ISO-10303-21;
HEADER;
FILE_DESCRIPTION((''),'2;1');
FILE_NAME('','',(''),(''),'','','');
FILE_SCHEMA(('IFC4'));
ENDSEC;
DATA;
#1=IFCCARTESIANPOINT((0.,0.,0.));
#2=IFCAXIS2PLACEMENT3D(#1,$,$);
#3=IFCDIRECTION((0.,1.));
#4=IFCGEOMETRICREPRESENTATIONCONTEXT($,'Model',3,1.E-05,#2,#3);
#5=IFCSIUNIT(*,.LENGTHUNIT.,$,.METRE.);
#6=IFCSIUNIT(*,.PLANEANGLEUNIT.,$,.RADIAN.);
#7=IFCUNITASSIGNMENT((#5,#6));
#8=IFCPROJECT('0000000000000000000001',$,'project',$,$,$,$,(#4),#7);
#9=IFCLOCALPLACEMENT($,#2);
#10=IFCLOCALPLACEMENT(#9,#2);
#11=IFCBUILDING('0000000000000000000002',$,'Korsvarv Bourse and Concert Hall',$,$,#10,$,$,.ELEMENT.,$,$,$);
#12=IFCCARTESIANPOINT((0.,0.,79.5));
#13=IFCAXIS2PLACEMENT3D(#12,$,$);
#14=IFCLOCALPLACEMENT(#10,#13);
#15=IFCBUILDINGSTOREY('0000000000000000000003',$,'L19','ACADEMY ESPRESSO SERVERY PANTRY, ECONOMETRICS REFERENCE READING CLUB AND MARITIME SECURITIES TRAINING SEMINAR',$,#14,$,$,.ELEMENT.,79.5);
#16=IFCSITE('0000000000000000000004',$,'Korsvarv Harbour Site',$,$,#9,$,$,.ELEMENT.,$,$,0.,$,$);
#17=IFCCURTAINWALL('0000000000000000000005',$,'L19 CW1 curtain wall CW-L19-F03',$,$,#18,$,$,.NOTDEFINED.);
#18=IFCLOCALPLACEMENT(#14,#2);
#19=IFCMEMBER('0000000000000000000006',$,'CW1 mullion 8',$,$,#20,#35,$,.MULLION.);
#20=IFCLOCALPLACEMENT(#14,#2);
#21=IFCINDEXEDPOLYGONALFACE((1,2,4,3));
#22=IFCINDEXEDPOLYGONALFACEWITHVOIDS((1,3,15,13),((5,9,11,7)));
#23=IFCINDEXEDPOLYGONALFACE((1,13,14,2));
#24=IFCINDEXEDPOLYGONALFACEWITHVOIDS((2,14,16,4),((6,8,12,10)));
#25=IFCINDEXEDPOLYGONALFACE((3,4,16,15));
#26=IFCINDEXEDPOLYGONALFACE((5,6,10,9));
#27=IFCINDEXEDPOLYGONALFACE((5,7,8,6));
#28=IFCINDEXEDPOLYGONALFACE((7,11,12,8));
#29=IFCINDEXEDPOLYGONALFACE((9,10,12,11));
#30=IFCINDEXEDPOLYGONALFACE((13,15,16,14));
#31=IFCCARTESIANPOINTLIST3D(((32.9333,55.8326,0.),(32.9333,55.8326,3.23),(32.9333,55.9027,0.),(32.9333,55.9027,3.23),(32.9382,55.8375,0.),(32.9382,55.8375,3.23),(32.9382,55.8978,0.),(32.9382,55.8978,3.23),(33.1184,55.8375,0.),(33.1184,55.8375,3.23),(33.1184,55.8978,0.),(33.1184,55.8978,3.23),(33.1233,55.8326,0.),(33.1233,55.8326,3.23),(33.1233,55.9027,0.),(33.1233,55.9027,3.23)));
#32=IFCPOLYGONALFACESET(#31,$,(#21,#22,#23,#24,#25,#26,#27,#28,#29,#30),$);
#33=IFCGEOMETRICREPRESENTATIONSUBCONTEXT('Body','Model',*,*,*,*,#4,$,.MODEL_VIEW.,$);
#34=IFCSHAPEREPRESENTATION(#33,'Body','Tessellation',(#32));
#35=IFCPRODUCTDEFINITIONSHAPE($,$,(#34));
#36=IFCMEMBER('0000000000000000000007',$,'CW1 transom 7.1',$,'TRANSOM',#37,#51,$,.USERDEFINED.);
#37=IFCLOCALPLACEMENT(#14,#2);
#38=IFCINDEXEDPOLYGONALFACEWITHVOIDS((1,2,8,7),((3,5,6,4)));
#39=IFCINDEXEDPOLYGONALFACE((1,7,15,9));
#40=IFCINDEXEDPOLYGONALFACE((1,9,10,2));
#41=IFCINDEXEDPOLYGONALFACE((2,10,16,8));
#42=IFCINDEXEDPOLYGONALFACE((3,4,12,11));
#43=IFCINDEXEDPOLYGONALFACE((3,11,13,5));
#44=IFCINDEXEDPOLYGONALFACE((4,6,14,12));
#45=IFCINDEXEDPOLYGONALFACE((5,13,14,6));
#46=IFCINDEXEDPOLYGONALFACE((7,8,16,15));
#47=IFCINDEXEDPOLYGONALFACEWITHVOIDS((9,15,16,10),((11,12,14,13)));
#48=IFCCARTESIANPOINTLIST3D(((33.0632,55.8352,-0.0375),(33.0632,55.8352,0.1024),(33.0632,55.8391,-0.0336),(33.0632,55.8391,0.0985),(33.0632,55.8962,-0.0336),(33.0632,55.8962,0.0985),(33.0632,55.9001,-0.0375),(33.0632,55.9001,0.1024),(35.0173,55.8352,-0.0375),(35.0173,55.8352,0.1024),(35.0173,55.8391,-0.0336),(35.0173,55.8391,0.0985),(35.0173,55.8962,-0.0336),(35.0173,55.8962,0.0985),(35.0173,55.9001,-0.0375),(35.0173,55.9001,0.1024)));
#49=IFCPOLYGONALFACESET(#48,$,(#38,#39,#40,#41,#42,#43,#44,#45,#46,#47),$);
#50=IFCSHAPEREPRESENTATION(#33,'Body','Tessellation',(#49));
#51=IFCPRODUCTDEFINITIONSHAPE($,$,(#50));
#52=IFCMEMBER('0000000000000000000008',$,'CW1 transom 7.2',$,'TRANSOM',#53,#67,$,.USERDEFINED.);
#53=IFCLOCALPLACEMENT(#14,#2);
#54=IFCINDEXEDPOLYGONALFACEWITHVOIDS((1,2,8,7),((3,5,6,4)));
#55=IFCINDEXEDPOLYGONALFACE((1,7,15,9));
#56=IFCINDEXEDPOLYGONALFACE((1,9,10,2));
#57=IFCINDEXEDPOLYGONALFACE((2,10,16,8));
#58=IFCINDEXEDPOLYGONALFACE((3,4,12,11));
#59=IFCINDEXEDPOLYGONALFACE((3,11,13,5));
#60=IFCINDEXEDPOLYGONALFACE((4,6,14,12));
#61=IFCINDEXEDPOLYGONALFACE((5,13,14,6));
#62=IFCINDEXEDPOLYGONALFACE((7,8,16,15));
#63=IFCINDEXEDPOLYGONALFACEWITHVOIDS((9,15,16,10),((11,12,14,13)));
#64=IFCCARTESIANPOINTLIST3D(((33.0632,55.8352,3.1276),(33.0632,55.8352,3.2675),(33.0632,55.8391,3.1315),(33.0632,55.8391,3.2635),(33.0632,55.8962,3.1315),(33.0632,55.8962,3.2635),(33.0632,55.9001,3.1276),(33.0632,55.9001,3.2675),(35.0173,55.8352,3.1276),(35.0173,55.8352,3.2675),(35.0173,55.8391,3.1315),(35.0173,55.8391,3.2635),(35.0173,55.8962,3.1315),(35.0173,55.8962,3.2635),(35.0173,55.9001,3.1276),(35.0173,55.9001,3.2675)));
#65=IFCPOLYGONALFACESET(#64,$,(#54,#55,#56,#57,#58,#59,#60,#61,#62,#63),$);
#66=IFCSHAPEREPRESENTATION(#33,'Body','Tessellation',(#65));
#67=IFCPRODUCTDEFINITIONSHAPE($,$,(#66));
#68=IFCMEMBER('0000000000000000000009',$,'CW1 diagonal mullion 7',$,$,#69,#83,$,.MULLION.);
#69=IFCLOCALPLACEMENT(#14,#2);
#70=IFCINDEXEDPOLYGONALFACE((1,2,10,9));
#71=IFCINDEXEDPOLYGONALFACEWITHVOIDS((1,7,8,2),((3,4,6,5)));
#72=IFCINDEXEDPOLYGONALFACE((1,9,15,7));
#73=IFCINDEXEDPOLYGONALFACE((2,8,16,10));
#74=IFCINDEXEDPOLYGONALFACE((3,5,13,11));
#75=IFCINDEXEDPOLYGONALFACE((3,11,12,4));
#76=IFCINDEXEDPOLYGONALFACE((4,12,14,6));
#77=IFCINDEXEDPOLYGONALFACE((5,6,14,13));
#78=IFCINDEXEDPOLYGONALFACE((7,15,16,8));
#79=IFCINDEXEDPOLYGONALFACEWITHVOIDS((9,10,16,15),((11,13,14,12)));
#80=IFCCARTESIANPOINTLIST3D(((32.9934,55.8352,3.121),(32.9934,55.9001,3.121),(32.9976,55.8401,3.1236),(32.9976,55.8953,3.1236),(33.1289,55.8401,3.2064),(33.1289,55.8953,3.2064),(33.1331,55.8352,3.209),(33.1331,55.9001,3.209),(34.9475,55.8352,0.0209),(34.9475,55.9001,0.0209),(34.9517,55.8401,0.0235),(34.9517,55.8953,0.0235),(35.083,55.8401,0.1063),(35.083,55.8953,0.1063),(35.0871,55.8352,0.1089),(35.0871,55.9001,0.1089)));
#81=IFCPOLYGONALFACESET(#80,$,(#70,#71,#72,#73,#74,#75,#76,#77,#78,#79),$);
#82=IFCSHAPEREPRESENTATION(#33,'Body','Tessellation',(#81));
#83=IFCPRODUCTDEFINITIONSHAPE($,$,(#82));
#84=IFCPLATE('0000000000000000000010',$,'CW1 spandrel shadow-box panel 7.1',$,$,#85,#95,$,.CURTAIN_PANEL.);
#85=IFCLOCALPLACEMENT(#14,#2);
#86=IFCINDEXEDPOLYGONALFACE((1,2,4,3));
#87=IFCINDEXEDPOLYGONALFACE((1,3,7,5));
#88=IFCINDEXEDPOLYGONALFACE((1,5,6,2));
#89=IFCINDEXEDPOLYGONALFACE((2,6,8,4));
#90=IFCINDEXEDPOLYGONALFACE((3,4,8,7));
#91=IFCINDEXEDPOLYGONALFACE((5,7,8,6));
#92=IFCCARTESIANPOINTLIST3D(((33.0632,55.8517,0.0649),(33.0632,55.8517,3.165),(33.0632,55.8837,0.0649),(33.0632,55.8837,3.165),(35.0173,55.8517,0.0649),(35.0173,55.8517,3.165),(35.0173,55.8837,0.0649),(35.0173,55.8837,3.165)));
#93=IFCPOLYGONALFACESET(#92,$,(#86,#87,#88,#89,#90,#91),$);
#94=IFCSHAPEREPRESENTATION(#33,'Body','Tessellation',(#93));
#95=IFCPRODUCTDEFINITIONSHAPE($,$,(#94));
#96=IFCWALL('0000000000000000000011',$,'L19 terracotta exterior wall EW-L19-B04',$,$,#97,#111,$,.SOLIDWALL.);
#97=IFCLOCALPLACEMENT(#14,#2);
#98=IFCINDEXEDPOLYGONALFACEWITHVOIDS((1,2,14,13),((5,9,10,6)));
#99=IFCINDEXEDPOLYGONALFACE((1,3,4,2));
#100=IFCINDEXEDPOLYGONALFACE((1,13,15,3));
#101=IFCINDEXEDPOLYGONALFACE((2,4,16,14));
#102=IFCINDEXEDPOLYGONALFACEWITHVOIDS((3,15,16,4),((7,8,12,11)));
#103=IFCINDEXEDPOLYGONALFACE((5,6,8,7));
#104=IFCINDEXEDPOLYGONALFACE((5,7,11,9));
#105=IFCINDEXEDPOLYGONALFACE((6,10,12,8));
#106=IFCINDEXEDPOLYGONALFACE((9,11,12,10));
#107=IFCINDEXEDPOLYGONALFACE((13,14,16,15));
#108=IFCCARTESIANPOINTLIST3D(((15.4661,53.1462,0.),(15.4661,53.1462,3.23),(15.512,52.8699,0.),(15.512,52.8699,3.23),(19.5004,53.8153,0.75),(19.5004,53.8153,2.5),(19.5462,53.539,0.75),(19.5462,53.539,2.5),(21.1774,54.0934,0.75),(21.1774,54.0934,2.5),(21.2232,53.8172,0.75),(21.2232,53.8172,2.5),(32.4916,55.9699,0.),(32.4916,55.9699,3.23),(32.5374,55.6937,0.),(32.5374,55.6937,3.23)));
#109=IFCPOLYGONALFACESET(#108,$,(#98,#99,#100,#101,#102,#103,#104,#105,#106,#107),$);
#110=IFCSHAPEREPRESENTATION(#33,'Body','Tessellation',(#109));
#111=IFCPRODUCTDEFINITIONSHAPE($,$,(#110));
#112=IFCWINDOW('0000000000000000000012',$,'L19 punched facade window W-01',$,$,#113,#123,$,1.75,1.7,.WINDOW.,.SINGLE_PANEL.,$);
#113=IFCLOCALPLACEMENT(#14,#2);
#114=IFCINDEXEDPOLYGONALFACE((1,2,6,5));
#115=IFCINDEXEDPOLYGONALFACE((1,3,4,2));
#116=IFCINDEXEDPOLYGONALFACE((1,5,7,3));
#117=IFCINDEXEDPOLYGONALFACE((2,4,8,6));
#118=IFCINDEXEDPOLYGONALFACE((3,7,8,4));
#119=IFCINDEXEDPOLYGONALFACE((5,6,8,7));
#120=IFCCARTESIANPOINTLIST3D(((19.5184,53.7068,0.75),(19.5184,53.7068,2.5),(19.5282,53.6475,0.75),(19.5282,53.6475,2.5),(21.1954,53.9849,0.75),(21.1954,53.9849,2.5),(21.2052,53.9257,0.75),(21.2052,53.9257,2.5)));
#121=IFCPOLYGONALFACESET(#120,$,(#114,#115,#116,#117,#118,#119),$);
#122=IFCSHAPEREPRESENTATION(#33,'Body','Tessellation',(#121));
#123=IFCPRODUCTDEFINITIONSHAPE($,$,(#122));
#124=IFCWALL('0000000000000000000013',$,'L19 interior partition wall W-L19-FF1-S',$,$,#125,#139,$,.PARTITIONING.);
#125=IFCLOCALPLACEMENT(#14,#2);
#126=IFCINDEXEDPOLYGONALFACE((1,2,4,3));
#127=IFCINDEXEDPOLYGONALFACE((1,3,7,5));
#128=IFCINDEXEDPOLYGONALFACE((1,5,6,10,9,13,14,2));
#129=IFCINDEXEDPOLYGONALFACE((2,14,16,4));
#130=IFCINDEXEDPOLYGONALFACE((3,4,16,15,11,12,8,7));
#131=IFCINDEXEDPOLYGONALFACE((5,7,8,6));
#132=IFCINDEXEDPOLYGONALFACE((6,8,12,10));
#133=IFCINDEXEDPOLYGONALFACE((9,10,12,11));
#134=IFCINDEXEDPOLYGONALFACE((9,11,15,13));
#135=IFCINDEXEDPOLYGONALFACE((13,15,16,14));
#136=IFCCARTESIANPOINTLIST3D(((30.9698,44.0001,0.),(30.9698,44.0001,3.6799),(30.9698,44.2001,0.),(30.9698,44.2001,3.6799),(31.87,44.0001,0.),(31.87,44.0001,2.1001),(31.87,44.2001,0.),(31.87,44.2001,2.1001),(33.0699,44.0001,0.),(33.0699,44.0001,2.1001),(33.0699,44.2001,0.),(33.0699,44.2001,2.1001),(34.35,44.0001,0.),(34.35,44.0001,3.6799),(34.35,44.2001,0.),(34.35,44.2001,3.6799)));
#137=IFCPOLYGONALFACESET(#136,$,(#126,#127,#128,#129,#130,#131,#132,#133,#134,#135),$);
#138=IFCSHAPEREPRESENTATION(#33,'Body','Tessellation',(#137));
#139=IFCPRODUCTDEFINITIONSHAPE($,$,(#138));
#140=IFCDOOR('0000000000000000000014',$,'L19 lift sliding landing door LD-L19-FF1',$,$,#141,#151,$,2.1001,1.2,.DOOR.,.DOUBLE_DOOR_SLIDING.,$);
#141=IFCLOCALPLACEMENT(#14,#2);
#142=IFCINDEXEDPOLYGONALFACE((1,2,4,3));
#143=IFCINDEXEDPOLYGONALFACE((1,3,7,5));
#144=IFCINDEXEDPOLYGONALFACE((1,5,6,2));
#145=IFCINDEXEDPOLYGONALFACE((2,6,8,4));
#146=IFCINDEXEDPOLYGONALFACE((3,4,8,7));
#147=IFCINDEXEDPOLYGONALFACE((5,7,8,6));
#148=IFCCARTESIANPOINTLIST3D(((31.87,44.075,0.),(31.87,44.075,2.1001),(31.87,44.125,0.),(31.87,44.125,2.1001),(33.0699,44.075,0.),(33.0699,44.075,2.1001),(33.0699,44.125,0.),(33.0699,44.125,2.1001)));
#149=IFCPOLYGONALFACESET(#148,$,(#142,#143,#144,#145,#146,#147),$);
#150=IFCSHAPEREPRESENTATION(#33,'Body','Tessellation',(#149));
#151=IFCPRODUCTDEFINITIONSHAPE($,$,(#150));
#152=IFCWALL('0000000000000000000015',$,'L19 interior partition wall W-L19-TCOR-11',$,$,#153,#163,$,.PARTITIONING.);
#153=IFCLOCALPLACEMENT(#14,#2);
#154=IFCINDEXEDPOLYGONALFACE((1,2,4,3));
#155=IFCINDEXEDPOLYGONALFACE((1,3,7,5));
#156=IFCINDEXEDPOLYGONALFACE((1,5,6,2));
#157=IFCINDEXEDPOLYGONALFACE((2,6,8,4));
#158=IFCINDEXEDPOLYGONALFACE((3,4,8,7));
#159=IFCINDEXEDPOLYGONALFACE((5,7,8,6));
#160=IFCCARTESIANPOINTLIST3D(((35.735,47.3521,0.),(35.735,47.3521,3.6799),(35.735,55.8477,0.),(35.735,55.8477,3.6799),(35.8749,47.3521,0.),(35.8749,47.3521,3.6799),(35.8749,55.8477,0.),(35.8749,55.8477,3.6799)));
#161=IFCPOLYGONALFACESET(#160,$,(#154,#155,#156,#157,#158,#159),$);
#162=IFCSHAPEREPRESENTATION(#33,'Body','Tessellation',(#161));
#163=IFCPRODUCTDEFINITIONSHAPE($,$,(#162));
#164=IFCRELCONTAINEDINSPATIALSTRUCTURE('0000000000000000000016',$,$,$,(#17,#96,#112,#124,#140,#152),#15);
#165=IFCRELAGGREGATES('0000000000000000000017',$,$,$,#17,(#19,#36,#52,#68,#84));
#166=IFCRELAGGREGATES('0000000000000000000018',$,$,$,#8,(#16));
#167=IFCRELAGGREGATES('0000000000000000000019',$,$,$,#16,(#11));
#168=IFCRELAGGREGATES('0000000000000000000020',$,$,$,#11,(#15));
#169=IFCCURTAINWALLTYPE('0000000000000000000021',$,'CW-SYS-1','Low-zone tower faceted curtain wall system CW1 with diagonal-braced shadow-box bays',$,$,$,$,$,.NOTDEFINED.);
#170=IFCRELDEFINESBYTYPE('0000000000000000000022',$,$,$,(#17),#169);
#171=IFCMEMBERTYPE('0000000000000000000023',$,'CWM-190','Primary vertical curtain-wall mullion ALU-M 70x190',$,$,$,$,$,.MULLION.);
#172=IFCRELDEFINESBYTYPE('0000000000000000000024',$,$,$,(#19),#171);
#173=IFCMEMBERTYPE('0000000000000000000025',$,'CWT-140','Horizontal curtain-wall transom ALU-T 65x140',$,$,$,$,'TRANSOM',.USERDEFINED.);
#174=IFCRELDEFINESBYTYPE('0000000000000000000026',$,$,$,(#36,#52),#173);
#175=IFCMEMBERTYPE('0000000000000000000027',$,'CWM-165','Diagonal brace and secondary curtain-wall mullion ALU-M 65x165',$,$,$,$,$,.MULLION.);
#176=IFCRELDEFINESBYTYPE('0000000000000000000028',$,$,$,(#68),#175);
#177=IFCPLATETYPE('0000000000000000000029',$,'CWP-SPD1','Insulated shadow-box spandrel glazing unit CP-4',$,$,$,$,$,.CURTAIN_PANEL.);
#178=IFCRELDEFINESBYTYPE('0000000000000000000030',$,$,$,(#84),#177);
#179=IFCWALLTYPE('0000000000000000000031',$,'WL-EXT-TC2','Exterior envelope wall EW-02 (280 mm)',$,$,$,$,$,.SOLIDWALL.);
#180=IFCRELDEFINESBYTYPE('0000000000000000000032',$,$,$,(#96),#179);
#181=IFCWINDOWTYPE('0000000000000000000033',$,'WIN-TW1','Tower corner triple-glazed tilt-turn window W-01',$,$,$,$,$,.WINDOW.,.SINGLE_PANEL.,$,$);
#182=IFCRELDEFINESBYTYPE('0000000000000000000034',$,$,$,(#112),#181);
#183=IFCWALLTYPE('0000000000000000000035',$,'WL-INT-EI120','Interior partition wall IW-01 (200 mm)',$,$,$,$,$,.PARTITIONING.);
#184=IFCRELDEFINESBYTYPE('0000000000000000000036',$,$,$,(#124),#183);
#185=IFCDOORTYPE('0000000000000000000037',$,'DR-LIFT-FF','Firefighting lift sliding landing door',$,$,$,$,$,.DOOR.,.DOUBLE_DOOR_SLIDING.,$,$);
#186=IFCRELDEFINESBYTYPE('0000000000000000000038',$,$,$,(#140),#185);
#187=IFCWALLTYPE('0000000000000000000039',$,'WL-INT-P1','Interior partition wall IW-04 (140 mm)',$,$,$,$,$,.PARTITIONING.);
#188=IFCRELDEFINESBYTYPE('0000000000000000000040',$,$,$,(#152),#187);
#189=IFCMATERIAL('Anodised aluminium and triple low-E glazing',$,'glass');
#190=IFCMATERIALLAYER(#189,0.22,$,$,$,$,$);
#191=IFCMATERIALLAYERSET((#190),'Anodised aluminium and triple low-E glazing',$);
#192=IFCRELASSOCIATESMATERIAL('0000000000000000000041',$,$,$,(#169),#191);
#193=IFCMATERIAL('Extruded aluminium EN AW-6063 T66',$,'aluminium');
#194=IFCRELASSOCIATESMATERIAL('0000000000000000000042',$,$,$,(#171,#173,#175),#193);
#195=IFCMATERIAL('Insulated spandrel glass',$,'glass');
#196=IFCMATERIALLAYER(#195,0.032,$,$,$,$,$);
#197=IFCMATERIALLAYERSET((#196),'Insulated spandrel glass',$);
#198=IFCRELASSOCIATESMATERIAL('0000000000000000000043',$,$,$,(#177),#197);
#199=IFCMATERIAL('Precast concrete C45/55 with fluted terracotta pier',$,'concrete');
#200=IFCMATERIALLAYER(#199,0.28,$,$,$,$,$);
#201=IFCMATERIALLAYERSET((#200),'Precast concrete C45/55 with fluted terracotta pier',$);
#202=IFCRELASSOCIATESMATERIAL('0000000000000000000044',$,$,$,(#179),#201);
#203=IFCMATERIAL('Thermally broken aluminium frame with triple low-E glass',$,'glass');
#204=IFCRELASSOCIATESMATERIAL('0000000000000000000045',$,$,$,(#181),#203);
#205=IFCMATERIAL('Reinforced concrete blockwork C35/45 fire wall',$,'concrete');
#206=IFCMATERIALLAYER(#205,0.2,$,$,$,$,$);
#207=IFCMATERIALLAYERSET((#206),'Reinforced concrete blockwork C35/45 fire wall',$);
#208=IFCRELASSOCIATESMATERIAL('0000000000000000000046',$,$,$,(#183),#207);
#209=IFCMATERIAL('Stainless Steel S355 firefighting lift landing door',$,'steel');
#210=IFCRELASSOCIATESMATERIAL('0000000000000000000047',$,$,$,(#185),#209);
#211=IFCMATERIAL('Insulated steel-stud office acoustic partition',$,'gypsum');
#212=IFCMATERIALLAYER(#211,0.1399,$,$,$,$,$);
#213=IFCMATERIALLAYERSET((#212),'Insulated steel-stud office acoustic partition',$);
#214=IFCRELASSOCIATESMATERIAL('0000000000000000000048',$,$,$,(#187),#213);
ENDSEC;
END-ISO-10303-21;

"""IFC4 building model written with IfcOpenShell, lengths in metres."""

from ifc_helpers import new_model, si_unit, direction, frame, frame_2d, origin, origin_2d, place, context, subcontext, project, spatial, rectangle, hollow_rectangle, extrude, source, transform, mapped, material, layer, layer_set, material_profile, profile_set, type_object, element, fill, aggregate, save


model = new_model("IFC4")

# Units and contexts
model_context = context("Model", 3, precision=1e-05, world=origin(), true_north=direction((0.0, 1.0)))
body_context = subcontext(model_context, "Body", "Model", "MODEL_VIEW")
ifc_project = project(units=[si_unit("LENGTHUNIT", "METRE"), si_unit("PLANEANGLEUNIT", "RADIAN")], contexts=[model_context])

# Site, building, storey
site_placement = place(None, origin())
site = spatial("IfcSite", under=ifc_project, at=site_placement, Name="Korsvarv Harbour Site", CompositionType="ELEMENT", RefElevation=0.0)
building_placement = place(site_placement, origin())
building = spatial("IfcBuilding", under=site, at=building_placement, Name="Korsvarv Bourse and Concert Hall", CompositionType="ELEMENT")
storey_placement = place(building_placement, frame((0.0, 0.0, 79.5)))
storey = spatial("IfcBuildingStorey", under=building, at=storey_placement, Name="L19", Description="ACADEMY ESPRESSO SERVERY PANTRY, ECONOMETRICS REFERENCE READING CLUB AND MARITIME SECURITIES TRAINING SEMINAR", CompositionType="ELEMENT", Elevation=79.5)

# Curtain wall, members, plate
ifc_material_1 = material(Name="Anodised aluminium and triple low-E glazing", Category="glass")
ifc_layer_1 = layer(ifc_material_1, 0.22)
ifc_layer_set_1 = layer_set([ifc_layer_1], Name="Anodised aluminium and triple low-E glazing")
curtain_wall_type = type_object("IfcCurtainWallType", Name="CW-SYS-1", Description="Low-zone tower faceted curtain wall system CW1 with diagonal-braced shadow-box bays", PredefinedType="NOTDEFINED", material=ifc_layer_set_1)
curtain_wall_placement = place(storey_placement, origin())
curtain_wall = element("IfcCurtainWall", 1, at=curtain_wall_placement, inside=storey, type_object=curtain_wall_type, Name="L19 CW1 curtain wall CW-L19-F03", PredefinedType="NOTDEFINED")
ifc_material_2 = material(Name="Extruded aluminium EN AW-6063 T66", Category="aluminium")
ifc_material_profile_1 = material_profile(ifc_material_2, hollow_rectangle(XDim=0.0701, YDim=0.1899, WallThickness=0.0049, at=origin_2d()), Name="ALU-M 70x190")
ifc_profile_set_1 = profile_set([ifc_material_profile_1], Name="Extruded aluminium EN AW-6063 T66")
member_type_1 = type_object("IfcMemberType", Name="CWM-190", Description="Primary vertical curtain-wall mullion ALU-M 70x190", PredefinedType="MULLION", material=ifc_profile_set_1)
shared_shape_1 = source(origin(), body_context, "Body", "SweptSolid", [
    extrude(hollow_rectangle(XDim=0.0701, YDim=0.1899, WallThickness=0.0049, at=origin_2d()), origin(), (0.0, 0.0, 1.0), 3.23),
])
member_1_placement = place(storey_placement, frame((33.0283, 55.8677, 0.0), z_axis=(0.0, 0.0, 1.0), x_axis=(0.0, -1.0, 0.0)))
member_1 = element("IfcMember", 2, at=member_1_placement, type_object=member_type_1, Name="CW1 mullion 8", PredefinedType="MULLION", context=body_context, shape_type="MappedRepresentation", body=[
    mapped(shared_shape_1, transform((0.0, 0.0, 0.0), scale=1.0)),
])
ifc_material_profile_2 = material_profile(ifc_material_2, hollow_rectangle(XDim=0.0649, YDim=0.1399, WallThickness=0.0039, at=origin_2d()), Name="ALU-T 65x140")
ifc_profile_set_2 = profile_set([ifc_material_profile_2], Name="Extruded aluminium EN AW-6063 T66")
member_type_2 = type_object("IfcMemberType", Name="CWT-140", Description="Horizontal curtain-wall transom ALU-T 65x140", ElementType="TRANSOM", PredefinedType="USERDEFINED", material=ifc_profile_set_2)
shared_shape_2 = source(origin(), body_context, "Body", "SweptSolid", [
    extrude(hollow_rectangle(XDim=0.0649, YDim=0.1399, WallThickness=0.0039, at=origin_2d()), origin(), (0.0, 0.0, 1.0), 1.9541),
])
member_2_placement = place(storey_placement, frame((35.0173, 55.8677, 0.0325), z_axis=(-1.0, 0.0, 0.0), x_axis=(0.0, -1.0, 0.0)))
member_2 = element("IfcMember", 3, at=member_2_placement, type_object=member_type_2, Name="CW1 transom 7.1", ObjectType="TRANSOM", PredefinedType="USERDEFINED", context=body_context, shape_type="MappedRepresentation", body=[
    mapped(shared_shape_2, transform((0.0, 0.0, 0.0), scale=1.0)),
])
member_3_placement = place(storey_placement, frame((35.0173, 55.8677, 3.1975), z_axis=(-1.0, 0.0, 0.0), x_axis=(0.0, -1.0, 0.0)))
member_3 = element("IfcMember", 4, at=member_3_placement, type_object=member_type_2, Name="CW1 transom 7.2", ObjectType="TRANSOM", PredefinedType="USERDEFINED", context=body_context, shape_type="MappedRepresentation", body=[
    mapped(shared_shape_2, transform((0.0, 0.0, 0.0), scale=1.0)),
])
ifc_material_profile_3 = material_profile(ifc_material_2, hollow_rectangle(XDim=0.0649, YDim=0.165, WallThickness=0.0049, at=origin_2d()), Name="ALU-M 65x165")
ifc_profile_set_3 = profile_set([ifc_material_profile_3], Name="Extruded aluminium EN AW-6063 T66")
member_type_3 = type_object("IfcMemberType", Name="CWM-165", Description="Diagonal brace and secondary curtain-wall mullion ALU-M 65x165", PredefinedType="MULLION", material=ifc_profile_set_3)
shared_shape_3 = source(origin(), body_context, "Body", "SweptSolid", [
    extrude(hollow_rectangle(XDim=0.0649, YDim=0.165, WallThickness=0.0049, at=origin_2d()), origin(), (0.0, 0.0, 1.0), 3.6646),
])
member_4_placement = place(storey_placement, frame((35.0173, 55.8677, 0.0649), z_axis=(-0.533241, 0.0, 0.845963), x_axis=(0.0, -1.0, 0.0)))
member_4 = element("IfcMember", 5, at=member_4_placement, type_object=member_type_3, Name="CW1 diagonal mullion 7", PredefinedType="MULLION", context=body_context, shape_type="MappedRepresentation", body=[
    mapped(shared_shape_3, transform((0.0, 0.0, 0.0), scale=1.0)),
])
ifc_material_3 = material(Name="Insulated spandrel glass", Category="glass")
ifc_layer_2 = layer(ifc_material_3, 0.032)
ifc_layer_set_2 = layer_set([ifc_layer_2], Name="Insulated spandrel glass")
plate_type = type_object("IfcPlateType", Name="CWP-SPD1", Description="Insulated shadow-box spandrel glazing unit CP-4", PredefinedType="CURTAIN_PANEL", material=ifc_layer_set_2)
shared_shape_4 = source(origin(), body_context, "Body", "SweptSolid", [
    extrude(rectangle(XDim=1.9541, YDim=0.032, at=origin_2d()), origin(), (0.0, 0.0, 1.0), 3.1001),
])
plate_placement = place(storey_placement, frame((34.0403, 55.8677, 0.0649), z_axis=(0.0, 0.0, 1.0), x_axis=(-1.0, 0.0, 0.0)))
plate = element("IfcPlate", 6, at=plate_placement, type_object=plate_type, Name="CW1 spandrel shadow-box panel 7.1", PredefinedType="CURTAIN_PANEL", context=body_context, shape_type="MappedRepresentation", body=[
    mapped(shared_shape_4, transform((0.0, 0.0, 0.0), scale=1.0)),
])
aggregate(curtain_wall, [member_1, member_2, member_3, member_4, plate])

# Wall, opening, window
ifc_material_4 = material(Name="Precast concrete C45/55 with fluted terracotta pier", Category="concrete")
ifc_layer_3 = layer(ifc_material_4, 0.28)
ifc_layer_set_3 = layer_set([ifc_layer_3], Name="Precast concrete C45/55 with fluted terracotta pier")
wall_type_1 = type_object("IfcWallType", Name="WL-EXT-TC2", Description="Exterior envelope wall EW-02 (280 mm)", PredefinedType="SOLIDWALL", material=ifc_layer_set_3)
wall_1_placement = place(storey_placement, frame((32.5144, 55.8318, 0.0), z_axis=(0.0, 0.0, 1.0), x_axis=(-0.986524, -0.163619, 0.0)))
wall_1 = element("IfcWall", 7, at=wall_1_placement, inside=storey, type_object=wall_type_1, Name="L19 terracotta exterior wall EW-L19-B04", PredefinedType="SOLIDWALL", context=body_context, shape_type="SweptSolid", body=[
    extrude(rectangle(XDim=17.2581, YDim=0.28, at=frame_2d((8.6289, 0.0))), origin(), (0.0, 0.0, 1.0), 3.23),
])
opening_1_placement = place(wall_1_placement, frame((11.4685, 0.0, 0.75)))
opening_1 = element("IfcOpeningElement", 8, at=opening_1_placement, cuts=wall_1, PredefinedType="OPENING", context=body_context, shape_type="SweptSolid", body=[
    extrude(rectangle(XDim=1.7, YDim=1.75, at=frame_2d((0.8501, 0.875))), frame((0.0, 0.1499, 0.0), z_axis=(0.0, -1.0, 0.0), x_axis=(1.0, 0.0, 0.0)), (0.0, 0.0, 1.0), 0.3),
])
ifc_material_5 = material(Name="Thermally broken aluminium frame with triple low-E glass", Category="glass")
window_type = type_object("IfcWindowType", Name="WIN-TW1", Description="Tower corner triple-glazed tilt-turn window W-01", PartitioningType="SINGLE_PANEL", PredefinedType="WINDOW", material=ifc_material_5)
window_placement = place(opening_1_placement, origin())
window = element("IfcWindow", 9, at=window_placement, inside=storey, type_object=window_type, Name="L19 punched facade window W-01", OverallHeight=1.75, OverallWidth=1.7, PartitioningType="SINGLE_PANEL", PredefinedType="WINDOW", context=body_context, shape_type="SweptSolid", body=[
    extrude(rectangle(XDim=1.7, YDim=1.75, at=frame_2d((0.8501, 0.875))), frame((0.0, 0.03, 0.0), z_axis=(0.0, -1.0, 0.0), x_axis=(1.0, 0.0, 0.0)), (0.0, 0.0, 1.0), 0.0601),
])
fill(opening_1, window)

# Wall, opening, door
ifc_material_6 = material(Name="Reinforced concrete blockwork C35/45 fire wall", Category="concrete")
ifc_layer_4 = layer(ifc_material_6, 0.2)
ifc_layer_set_4 = layer_set([ifc_layer_4], Name="Reinforced concrete blockwork C35/45 fire wall")
wall_type_2 = type_object("IfcWallType", Name="WL-INT-EI120", Description="Interior partition wall IW-01 (200 mm)", PredefinedType="PARTITIONING", material=ifc_layer_set_4)
wall_2_placement = place(storey_placement, frame((30.97, 44.1001, 0.0), z_axis=(0.0, 0.0, 1.0), x_axis=(1.0, 0.0, 0.0)))
wall_2 = element("IfcWall", 10, at=wall_2_placement, inside=storey, type_object=wall_type_2, Name="L19 interior partition wall W-L19-FF1-S", PredefinedType="PARTITIONING", context=body_context, shape_type="SweptSolid", body=[
    extrude(rectangle(XDim=3.3801, YDim=0.2, at=frame_2d((1.6899, 0.0))), origin(), (0.0, 0.0, 1.0), 3.6799),
])
opening_2_placement = place(wall_2_placement, frame((0.8999, 0.0, 0.0)))
opening_2 = element("IfcOpeningElement", 11, at=opening_2_placement, cuts=wall_2, PredefinedType="OPENING", context=body_context, shape_type="SweptSolid", body=[
    extrude(rectangle(XDim=1.2, YDim=2.1001, at=frame_2d((0.6001, 1.05))), frame((0.0, 0.1099, 0.0), z_axis=(0.0, -1.0, 0.0), x_axis=(1.0, 0.0, 0.0)), (0.0, 0.0, 1.0), 0.22),
])
ifc_material_7 = material(Name="Stainless Steel S355 firefighting lift landing door", Category="steel")
door_type = type_object("IfcDoorType", Name="DR-LIFT-FF", Description="Firefighting lift sliding landing door", OperationType="DOUBLE_DOOR_SLIDING", PredefinedType="DOOR", material=ifc_material_7)
door_placement = place(opening_2_placement, origin())
door = element("IfcDoor", 12, at=door_placement, inside=storey, type_object=door_type, Name="L19 lift sliding landing door LD-L19-FF1", OperationType="DOUBLE_DOOR_SLIDING", OverallHeight=2.1001, OverallWidth=1.2, PredefinedType="DOOR", context=body_context, shape_type="SweptSolid", body=[
    extrude(rectangle(XDim=1.2, YDim=2.1001, at=frame_2d((0.6001, 1.05))), frame((0.0, 0.0249, 0.0), z_axis=(0.0, -1.0, 0.0), x_axis=(1.0, 0.0, 0.0)), (0.0, 0.0, 1.0), 0.05),
])
fill(opening_2, door)

# Wall
ifc_material_8 = material(Name="Insulated steel-stud office acoustic partition", Category="gypsum")
ifc_layer_5 = layer(ifc_material_8, 0.1399)
ifc_layer_set_5 = layer_set([ifc_layer_5], Name="Insulated steel-stud office acoustic partition")
wall_type_3 = type_object("IfcWallType", Name="WL-INT-P1", Description="Interior partition wall IW-04 (140 mm)", PredefinedType="PARTITIONING", material=ifc_layer_set_5)
wall_3_placement = place(storey_placement, frame((35.8049, 47.3521, 0.0), z_axis=(0.0, 0.0, 1.0), x_axis=(0.0, 1.0, 0.0)))
element("IfcWall", 13, at=wall_3_placement, inside=storey, type_object=wall_type_3, Name="L19 interior partition wall W-L19-TCOR-11", PredefinedType="PARTITIONING", context=body_context, shape_type="SweptSolid", body=[
    extrude(rectangle(XDim=8.4956, YDim=0.1399, at=frame_2d((4.2478, 0.0))), origin(), (0.0, 0.0, 1.0), 3.6799),
])

save(model, "model.ifc")
